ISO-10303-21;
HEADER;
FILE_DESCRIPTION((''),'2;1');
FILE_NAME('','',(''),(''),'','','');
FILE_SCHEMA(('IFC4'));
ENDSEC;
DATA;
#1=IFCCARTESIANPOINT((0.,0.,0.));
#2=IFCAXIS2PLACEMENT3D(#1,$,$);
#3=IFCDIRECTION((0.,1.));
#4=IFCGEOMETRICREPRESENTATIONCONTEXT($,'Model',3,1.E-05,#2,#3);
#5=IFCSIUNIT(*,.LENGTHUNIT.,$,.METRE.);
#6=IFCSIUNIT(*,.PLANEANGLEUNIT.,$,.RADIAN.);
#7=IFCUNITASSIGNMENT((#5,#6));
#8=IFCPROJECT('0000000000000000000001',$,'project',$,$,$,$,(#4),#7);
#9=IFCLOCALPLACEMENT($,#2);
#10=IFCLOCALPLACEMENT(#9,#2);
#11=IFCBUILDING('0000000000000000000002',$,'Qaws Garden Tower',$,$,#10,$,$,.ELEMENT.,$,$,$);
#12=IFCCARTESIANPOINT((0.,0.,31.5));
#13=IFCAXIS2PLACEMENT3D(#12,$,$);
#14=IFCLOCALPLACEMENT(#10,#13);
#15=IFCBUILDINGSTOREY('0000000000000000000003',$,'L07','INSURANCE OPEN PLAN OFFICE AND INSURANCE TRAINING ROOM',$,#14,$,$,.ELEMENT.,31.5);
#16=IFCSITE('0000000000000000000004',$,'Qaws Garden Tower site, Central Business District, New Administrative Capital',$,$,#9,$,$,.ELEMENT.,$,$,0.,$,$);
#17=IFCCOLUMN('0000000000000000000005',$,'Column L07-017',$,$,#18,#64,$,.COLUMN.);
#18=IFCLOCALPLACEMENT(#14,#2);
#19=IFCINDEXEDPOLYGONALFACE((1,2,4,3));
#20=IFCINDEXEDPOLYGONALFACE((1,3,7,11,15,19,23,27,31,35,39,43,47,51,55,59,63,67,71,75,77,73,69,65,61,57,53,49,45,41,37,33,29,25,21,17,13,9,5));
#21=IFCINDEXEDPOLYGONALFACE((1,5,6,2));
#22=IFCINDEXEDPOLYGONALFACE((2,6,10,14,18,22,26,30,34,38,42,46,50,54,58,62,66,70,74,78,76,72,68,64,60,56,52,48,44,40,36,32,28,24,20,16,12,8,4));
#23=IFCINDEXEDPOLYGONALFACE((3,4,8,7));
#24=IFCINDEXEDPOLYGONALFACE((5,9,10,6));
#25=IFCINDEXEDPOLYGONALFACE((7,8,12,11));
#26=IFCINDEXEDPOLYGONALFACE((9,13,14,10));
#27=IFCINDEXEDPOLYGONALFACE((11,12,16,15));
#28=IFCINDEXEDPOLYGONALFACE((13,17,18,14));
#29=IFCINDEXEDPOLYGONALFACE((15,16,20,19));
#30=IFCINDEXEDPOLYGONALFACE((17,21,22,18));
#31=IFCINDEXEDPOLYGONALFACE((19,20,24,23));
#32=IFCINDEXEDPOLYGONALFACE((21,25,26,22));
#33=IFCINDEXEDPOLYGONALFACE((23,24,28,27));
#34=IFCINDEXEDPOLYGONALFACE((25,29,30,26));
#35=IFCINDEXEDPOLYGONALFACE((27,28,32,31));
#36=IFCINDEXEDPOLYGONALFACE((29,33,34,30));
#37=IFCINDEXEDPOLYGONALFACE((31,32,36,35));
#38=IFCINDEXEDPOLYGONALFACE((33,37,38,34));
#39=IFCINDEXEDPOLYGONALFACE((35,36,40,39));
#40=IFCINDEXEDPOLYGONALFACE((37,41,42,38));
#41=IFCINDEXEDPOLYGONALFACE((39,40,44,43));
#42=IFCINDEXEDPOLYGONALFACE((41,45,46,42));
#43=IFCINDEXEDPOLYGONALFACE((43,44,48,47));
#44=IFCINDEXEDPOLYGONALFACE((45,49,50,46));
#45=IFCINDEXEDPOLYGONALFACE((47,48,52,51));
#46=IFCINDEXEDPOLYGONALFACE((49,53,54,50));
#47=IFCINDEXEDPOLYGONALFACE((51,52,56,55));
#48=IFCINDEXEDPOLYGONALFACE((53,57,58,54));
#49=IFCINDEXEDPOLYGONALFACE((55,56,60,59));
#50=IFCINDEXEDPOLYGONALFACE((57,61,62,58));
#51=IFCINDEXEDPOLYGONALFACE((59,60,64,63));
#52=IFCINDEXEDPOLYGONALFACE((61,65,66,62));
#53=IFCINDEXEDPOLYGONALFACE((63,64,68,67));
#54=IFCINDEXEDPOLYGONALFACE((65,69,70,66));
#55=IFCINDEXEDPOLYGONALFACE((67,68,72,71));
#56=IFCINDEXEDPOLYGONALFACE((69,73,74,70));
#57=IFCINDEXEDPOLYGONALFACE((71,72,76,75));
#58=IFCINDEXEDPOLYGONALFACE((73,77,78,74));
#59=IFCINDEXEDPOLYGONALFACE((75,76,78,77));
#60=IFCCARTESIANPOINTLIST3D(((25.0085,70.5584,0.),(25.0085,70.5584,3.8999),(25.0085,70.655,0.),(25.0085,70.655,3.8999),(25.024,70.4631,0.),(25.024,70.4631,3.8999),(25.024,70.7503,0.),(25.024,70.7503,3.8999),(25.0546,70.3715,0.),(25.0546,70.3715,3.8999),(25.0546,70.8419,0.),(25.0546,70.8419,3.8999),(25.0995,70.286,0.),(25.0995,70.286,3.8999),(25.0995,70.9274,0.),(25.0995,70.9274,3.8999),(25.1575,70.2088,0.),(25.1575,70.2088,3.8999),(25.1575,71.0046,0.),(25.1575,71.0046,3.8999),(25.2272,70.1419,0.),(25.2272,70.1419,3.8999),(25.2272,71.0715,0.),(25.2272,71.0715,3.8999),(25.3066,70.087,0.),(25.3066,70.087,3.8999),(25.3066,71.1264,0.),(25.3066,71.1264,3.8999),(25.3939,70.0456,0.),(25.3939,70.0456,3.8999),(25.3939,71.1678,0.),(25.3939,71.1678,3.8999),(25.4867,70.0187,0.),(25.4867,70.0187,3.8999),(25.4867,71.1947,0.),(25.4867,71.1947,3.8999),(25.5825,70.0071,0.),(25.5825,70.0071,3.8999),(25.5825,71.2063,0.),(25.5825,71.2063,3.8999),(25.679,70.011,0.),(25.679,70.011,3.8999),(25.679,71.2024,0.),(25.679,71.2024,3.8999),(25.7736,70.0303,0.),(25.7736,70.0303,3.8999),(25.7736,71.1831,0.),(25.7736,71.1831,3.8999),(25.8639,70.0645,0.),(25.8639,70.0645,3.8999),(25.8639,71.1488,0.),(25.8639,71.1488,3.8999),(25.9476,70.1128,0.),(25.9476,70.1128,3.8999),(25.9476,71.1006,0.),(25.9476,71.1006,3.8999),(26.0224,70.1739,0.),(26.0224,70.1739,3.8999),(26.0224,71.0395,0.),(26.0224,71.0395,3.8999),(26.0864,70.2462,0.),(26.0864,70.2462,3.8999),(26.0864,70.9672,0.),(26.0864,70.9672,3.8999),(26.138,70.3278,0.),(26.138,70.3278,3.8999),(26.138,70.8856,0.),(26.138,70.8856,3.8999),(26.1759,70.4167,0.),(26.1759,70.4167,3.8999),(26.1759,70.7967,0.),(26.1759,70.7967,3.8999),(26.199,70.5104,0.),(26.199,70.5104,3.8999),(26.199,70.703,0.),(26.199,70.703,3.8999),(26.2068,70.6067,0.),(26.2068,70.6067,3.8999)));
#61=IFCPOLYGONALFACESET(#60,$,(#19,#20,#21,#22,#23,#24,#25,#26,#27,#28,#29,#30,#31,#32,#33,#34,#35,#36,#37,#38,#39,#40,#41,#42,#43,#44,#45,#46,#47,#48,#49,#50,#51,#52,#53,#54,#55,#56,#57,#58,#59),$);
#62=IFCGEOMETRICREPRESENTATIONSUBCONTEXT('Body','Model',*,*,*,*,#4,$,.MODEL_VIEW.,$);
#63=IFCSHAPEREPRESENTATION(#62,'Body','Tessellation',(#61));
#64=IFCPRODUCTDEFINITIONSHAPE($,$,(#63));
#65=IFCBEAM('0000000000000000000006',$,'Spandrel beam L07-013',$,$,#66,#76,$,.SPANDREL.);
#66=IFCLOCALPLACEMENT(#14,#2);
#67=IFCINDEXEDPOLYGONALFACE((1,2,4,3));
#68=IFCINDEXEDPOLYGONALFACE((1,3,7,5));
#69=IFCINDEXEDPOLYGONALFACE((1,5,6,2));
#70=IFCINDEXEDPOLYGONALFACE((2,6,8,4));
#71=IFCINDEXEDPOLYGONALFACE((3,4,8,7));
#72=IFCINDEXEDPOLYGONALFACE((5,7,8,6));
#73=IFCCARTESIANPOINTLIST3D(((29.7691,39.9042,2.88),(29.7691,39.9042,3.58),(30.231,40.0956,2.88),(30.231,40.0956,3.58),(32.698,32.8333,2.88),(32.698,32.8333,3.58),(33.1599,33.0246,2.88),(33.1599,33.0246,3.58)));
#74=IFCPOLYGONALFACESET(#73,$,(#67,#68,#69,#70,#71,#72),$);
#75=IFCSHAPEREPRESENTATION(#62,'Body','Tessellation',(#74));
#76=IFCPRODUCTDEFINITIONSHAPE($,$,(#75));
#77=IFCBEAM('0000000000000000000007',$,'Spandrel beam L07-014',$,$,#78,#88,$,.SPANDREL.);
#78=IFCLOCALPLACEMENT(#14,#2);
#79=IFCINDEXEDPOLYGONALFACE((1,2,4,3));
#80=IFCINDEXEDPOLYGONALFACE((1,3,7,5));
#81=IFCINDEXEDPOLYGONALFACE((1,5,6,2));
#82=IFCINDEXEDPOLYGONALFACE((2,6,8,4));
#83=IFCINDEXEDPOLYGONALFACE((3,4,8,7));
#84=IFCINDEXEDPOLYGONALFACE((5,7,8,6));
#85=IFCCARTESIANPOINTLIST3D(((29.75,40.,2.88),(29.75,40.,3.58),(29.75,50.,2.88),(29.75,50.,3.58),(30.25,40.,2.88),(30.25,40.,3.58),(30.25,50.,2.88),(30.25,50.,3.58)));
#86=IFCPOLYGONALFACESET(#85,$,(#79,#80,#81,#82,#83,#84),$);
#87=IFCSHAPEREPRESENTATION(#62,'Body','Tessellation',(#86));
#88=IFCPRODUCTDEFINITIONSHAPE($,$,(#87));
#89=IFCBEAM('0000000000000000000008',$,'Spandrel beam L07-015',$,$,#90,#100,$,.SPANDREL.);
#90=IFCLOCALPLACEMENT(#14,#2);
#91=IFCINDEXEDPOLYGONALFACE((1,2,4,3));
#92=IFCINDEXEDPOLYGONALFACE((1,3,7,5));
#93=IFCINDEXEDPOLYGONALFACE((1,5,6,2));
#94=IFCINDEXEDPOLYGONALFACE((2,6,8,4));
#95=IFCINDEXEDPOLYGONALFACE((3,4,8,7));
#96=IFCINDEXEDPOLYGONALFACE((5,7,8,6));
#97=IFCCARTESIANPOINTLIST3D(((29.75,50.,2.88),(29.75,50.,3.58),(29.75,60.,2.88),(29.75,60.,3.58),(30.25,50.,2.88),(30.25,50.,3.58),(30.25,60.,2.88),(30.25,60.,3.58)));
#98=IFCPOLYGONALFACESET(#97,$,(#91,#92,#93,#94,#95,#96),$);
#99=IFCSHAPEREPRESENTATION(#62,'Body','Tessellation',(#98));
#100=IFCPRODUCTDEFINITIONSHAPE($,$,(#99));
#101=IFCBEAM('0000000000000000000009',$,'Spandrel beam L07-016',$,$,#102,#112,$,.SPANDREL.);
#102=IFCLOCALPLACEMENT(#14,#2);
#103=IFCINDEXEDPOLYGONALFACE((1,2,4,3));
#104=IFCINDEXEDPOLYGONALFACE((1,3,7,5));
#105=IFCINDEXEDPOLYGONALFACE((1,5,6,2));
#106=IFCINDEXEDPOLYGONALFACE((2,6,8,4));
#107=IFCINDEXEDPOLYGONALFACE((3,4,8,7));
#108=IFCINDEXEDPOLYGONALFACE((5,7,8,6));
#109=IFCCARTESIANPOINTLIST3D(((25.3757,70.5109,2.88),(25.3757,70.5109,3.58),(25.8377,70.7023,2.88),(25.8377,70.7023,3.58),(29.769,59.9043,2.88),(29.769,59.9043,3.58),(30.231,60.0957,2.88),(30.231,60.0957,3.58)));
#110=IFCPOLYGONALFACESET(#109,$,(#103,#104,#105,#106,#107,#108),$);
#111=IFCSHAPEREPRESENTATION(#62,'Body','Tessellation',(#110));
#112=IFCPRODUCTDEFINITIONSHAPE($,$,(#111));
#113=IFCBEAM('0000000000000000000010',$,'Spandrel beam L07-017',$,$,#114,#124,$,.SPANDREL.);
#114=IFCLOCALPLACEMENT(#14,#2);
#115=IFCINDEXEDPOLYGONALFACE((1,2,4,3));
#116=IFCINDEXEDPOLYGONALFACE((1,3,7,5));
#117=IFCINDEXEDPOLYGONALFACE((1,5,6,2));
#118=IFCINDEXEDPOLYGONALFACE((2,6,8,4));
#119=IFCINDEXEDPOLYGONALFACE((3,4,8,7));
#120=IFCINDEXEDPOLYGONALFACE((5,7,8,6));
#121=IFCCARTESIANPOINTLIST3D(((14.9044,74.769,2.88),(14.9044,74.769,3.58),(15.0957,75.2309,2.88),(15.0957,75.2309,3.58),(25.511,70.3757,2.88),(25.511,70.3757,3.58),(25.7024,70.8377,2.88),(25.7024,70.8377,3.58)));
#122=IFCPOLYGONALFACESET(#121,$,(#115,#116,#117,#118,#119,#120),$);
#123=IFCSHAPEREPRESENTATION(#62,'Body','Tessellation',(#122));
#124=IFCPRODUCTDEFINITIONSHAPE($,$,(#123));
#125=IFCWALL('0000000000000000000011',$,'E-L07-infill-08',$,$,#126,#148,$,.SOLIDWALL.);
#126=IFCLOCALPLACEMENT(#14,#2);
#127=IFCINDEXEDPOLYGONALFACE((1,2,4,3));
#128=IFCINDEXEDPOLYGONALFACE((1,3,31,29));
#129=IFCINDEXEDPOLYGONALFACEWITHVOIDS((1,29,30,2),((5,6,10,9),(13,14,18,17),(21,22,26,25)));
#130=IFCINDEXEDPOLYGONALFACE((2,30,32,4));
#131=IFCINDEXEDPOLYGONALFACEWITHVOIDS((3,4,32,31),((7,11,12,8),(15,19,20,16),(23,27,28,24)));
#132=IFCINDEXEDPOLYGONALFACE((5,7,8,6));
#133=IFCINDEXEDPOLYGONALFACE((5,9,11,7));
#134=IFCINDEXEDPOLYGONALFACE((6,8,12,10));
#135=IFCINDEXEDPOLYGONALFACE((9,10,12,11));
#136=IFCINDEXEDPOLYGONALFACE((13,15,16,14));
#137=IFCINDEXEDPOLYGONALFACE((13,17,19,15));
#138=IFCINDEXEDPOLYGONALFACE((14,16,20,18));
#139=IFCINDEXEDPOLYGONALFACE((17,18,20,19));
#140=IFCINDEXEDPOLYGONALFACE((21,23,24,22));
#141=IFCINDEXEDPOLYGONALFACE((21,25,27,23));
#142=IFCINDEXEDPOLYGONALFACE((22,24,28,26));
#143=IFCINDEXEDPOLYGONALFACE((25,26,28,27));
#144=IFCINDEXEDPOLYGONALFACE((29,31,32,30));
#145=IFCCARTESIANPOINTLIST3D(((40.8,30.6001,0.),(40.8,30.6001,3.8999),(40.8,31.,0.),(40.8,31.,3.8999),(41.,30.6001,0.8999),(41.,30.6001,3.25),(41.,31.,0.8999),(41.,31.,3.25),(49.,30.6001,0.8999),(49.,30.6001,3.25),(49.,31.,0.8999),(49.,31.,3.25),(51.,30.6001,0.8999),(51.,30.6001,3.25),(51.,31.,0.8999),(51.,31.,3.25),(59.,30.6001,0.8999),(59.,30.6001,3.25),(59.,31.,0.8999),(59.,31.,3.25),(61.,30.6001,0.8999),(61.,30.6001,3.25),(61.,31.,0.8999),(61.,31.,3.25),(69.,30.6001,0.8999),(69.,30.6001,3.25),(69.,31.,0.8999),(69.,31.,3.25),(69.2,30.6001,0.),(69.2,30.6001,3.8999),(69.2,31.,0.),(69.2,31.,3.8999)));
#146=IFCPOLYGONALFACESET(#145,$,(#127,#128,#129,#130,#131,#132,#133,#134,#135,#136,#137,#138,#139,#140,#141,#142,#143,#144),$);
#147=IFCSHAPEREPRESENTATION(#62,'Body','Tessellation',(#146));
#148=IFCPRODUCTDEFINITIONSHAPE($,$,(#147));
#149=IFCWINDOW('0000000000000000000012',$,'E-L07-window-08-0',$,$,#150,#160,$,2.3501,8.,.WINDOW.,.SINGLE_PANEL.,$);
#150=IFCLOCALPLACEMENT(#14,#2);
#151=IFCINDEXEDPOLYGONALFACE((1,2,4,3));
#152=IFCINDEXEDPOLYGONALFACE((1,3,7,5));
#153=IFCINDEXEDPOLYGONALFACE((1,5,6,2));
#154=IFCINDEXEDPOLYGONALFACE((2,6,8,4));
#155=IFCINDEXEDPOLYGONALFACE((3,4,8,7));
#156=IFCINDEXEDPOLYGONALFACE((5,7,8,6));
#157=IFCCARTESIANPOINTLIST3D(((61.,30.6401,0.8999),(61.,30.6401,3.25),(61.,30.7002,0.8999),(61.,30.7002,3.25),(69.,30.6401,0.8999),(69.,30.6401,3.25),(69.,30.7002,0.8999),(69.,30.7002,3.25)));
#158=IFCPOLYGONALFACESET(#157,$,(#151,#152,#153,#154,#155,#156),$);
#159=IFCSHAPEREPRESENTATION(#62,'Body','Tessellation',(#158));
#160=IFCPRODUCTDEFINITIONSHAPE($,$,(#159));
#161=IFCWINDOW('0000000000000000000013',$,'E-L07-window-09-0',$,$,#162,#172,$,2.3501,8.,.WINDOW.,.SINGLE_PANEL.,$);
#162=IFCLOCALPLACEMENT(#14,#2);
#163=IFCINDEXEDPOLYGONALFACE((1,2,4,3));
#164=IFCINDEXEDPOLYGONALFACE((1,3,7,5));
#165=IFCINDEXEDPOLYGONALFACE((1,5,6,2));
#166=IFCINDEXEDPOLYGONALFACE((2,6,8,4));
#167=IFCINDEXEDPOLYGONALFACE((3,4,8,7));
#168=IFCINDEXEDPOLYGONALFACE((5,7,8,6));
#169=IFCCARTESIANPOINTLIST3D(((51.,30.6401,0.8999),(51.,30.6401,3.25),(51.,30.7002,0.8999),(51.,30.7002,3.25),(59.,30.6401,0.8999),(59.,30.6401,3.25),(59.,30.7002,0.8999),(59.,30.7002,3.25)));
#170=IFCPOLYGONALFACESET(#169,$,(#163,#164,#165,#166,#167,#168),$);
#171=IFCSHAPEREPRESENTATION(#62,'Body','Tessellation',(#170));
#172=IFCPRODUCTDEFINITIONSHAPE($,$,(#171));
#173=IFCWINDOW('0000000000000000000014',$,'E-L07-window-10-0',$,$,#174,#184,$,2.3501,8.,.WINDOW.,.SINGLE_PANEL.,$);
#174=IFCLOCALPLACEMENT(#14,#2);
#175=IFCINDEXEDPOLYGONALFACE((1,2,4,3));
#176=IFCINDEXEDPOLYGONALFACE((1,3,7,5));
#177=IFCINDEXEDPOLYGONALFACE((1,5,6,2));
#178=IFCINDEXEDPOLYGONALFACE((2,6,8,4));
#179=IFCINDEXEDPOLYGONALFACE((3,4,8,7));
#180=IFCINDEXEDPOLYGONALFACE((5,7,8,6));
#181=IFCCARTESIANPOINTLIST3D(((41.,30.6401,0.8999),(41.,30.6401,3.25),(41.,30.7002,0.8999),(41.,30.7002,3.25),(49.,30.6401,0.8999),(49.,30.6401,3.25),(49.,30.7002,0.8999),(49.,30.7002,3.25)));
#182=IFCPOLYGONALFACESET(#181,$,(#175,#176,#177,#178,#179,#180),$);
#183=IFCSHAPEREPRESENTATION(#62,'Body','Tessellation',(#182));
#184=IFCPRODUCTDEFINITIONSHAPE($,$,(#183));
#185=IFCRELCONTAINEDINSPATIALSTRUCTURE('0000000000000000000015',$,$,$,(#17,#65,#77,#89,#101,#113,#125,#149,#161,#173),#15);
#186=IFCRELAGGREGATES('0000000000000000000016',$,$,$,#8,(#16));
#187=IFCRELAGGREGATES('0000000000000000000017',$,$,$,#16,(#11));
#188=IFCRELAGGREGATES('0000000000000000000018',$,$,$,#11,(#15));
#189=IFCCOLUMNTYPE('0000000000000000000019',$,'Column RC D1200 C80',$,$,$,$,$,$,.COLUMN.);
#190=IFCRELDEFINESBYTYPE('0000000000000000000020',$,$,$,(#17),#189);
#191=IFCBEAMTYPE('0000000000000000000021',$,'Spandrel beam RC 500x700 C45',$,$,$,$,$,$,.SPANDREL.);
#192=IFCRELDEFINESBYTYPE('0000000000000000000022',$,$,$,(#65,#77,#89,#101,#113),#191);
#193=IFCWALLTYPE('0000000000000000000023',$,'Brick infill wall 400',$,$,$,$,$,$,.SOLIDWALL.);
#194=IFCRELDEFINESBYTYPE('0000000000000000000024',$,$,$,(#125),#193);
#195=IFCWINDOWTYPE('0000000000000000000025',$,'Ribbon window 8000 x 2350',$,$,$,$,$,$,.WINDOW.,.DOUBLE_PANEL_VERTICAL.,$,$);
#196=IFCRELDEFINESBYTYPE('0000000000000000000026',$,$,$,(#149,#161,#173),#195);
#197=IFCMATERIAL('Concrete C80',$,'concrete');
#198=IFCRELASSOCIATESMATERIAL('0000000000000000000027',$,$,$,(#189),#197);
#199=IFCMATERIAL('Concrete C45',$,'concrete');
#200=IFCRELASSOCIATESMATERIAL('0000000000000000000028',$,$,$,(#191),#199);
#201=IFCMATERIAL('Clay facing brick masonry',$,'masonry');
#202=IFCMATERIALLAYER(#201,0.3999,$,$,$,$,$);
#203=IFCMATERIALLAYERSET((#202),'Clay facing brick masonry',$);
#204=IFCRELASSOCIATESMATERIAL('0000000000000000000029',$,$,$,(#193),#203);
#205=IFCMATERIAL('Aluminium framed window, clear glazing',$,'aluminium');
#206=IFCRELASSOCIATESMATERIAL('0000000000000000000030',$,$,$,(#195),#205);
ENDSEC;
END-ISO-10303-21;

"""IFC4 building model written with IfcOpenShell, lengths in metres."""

from ifc_helpers import new_model, si_unit, direction, frame, frame_2d, origin, origin_2d, place, context, subcontext, project, spatial, rectangle, circle, extrude, material, layer, layer_set, material_profile, profile_set, type_object, element, fill, save


model = new_model("IFC4")

# Units and contexts
model_context = context("Model", 3, precision=1e-05, world=origin(), true_north=direction((0.0, 1.0)))
body_context = subcontext(model_context, "Body", "Model", "MODEL_VIEW")
ifc_project = project(units=[si_unit("LENGTHUNIT", "METRE"), si_unit("PLANEANGLEUNIT", "RADIAN")], contexts=[model_context])

# Site, building, storey
site_placement = place(None, origin())
site = spatial("IfcSite", under=ifc_project, at=site_placement, Name="Qaws Garden Tower site, Central Business District, New Administrative Capital", CompositionType="ELEMENT", RefElevation=0.0)
building_placement = place(site_placement, origin())
building = spatial("IfcBuilding", under=site, at=building_placement, Name="Qaws Garden Tower", CompositionType="ELEMENT")
storey_placement = place(building_placement, frame((0.0, 0.0, 31.5)))
storey = spatial("IfcBuildingStorey", under=building, at=storey_placement, Name="L07", Description="INSURANCE OPEN PLAN OFFICE AND INSURANCE TRAINING ROOM", CompositionType="ELEMENT", Elevation=31.5)

# Column
ifc_material_1 = material(Name="Concrete C80", Category="concrete")
ifc_material_profile_1 = material_profile(ifc_material_1, circle(Radius=0.6001, at=origin_2d()), Name="RC D1200")
ifc_profile_set_1 = profile_set([ifc_material_profile_1], Name="Concrete C80")
column_type_1 = type_object("IfcColumnType", Name="Column RC D1200 C80", PredefinedType="COLUMN", material=ifc_profile_set_1)
for number, where, z_axis, x_axis, name in (
    (1, (25.6067, 70.6067, 0.0), (0.0, 0.0, 1.0), (1.0, 0.0, 0.0), "Column L07-017"),
):
    element("IfcColumn", number, at=place(storey_placement, frame(where, z_axis=z_axis, x_axis=x_axis)), inside=storey, type_object=column_type_1, Name=name, PredefinedType="COLUMN", context=body_context, shape_type="SweptSolid", body=[
        extrude(circle(Radius=0.6001, at=origin_2d()), origin(), (0.0, 0.0, 1.0), 3.8999),
    ])

# Beams
ifc_material_2 = material(Name="Concrete C45", Category="concrete")
ifc_material_profile_2 = material_profile(ifc_material_2, rectangle(XDim=0.5, YDim=0.7, at=origin_2d()), Name="RC 500x700")
ifc_profile_set_2 = profile_set([ifc_material_profile_2], Name="Concrete C45")
beam_type = type_object("IfcBeamType", Name="Spandrel beam RC 500x700 C45", PredefinedType="SPANDREL", material=ifc_profile_set_2)
beam_placement = place(storey_placement, frame((32.929, 32.929, 3.23), z_axis=(-0.382687, 0.923878, 0.0), x_axis=(-0.923878, -0.382687, 0.0)))
element("IfcBeam", 2, at=beam_placement, inside=storey, type_object=beam_type, Name="Spandrel beam L07-013", PredefinedType="SPANDREL", context=body_context, shape_type="SweptSolid", body=[
    extrude(rectangle(XDim=0.5, YDim=0.7, at=origin_2d()), origin(), (0.0, 0.0, 1.0), 7.6536),
])
for number, where, z_axis, x_axis, name in (
    (3, (30.0, 40.0, 3.23), (0.0, 1.0, 0.0), (-1.0, 0.0, 0.0), "Spandrel beam L07-014"),
    (4, (30.0, 50.0, 3.23), (0.0, 1.0, 0.0), (-1.0, 0.0, 0.0), "Spandrel beam L07-015"),
):
    element("IfcBeam", number, at=place(storey_placement, frame(where, z_axis=z_axis, x_axis=x_axis)), inside=storey, type_object=beam_type, Name=name, PredefinedType="SPANDREL", context=body_context, shape_type="SweptSolid", body=[
        extrude(rectangle(XDim=0.5, YDim=0.7, at=origin_2d()), origin(), (0.0, 0.0, 1.0), 10.0),
    ])
for number, where, z_axis, x_axis, name in (
    (5, (30.0, 60.0, 3.23), (-0.382674, 0.923883, 0.0), (-0.923883, -0.382674, 0.0), "Spandrel beam L07-016"),
    (6, (25.6067, 70.6067, 3.23), (-0.923883, 0.382674, 0.0), (-0.382674, -0.923883, 0.0), "Spandrel beam L07-017"),
):
    element("IfcBeam", number, at=place(storey_placement, frame(where, z_axis=z_axis, x_axis=x_axis)), inside=storey, type_object=beam_type, Name=name, PredefinedType="SPANDREL", context=body_context, shape_type="SweptSolid", body=[
        extrude(rectangle(XDim=0.5, YDim=0.7, at=origin_2d()), origin(), (0.0, 0.0, 1.0), 11.4805),
    ])

# Wall, openings, windows
ifc_material_3 = material(Name="Clay facing brick masonry", Category="masonry")
ifc_layer_1 = layer(ifc_material_3, 0.3999)
ifc_layer_set_1 = layer_set([ifc_layer_1], Name="Clay facing brick masonry")
wall_type_1 = type_object("IfcWallType", Name="Brick infill wall 400", PredefinedType="SOLIDWALL", material=ifc_layer_set_1)
wall_1_placement = place(storey_placement, frame((69.2, 30.8, 0.0), z_axis=(0.0, 0.0, 1.0), x_axis=(-1.0, 0.0, 0.0)))
wall_1 = element("IfcWall", 7, at=wall_1_placement, inside=storey, type_object=wall_type_1, Name="E-L07-infill-08", PredefinedType="SOLIDWALL", context=body_context, shape_type="SweptSolid", body=[
    extrude(rectangle(XDim=28.3999, YDim=0.3999, at=frame_2d((14.2, 0.0))), origin(), (0.0, 0.0, 1.0), 3.8999),
])
opening_1_placement = place(wall_1_placement, frame((0.2, 0.0, 0.8999)))
opening_1 = element("IfcOpeningElement", 8, at=opening_1_placement, cuts=wall_1, PredefinedType="OPENING", context=body_context, shape_type="SweptSolid", body=[
    extrude(rectangle(XDim=8.0, YDim=2.3501, at=frame_2d((4.0, 1.175))), frame((0.0, 0.21, 0.0), z_axis=(0.0, -1.0, 0.0), x_axis=(1.0, 0.0, 0.0)), (0.0, 0.0, 1.0), 0.4199),
])
opening_2_placement = place(wall_1_placement, frame((10.2, 0.0, 0.8999)))
opening_2 = element("IfcOpeningElement", 9, at=opening_2_placement, cuts=wall_1, PredefinedType="OPENING", context=body_context, shape_type="SweptSolid", body=[
    extrude(rectangle(XDim=8.0, YDim=2.3501, at=frame_2d((4.0, 1.175))), frame((0.0, 0.21, 0.0), z_axis=(0.0, -1.0, 0.0), x_axis=(1.0, 0.0, 0.0)), (0.0, 0.0, 1.0), 0.4199),
])
opening_3_placement = place(wall_1_placement, frame((20.2, 0.0, 0.8999)))
opening_3 = element("IfcOpeningElement", 10, at=opening_3_placement, cuts=wall_1, PredefinedType="OPENING", context=body_context, shape_type="SweptSolid", body=[
    extrude(rectangle(XDim=8.0, YDim=2.3501, at=frame_2d((4.0, 1.175))), frame((0.0, 0.21, 0.0), z_axis=(0.0, -1.0, 0.0), x_axis=(1.0, 0.0, 0.0)), (0.0, 0.0, 1.0), 0.4199),
])
ifc_material_4 = material(Name="Aluminium framed window, clear glazing", Category="aluminium")
window_type_1 = type_object("IfcWindowType", Name="Ribbon window 8000 x 2350", PartitioningType="DOUBLE_PANEL_VERTICAL", PredefinedType="WINDOW", material=ifc_material_4)
window_1_placement = place(opening_1_placement, origin())
window_1 = element("IfcWindow", 11, at=window_1_placement, inside=storey, type_object=window_type_1, Name="E-L07-window-08-0", OverallHeight=2.3501, OverallWidth=8.0, PartitioningType="SINGLE_PANEL", PredefinedType="WINDOW", context=body_context, shape_type="SweptSolid", body=[
    extrude(rectangle(XDim=8.0, YDim=2.3501, at=frame_2d((4.0, 1.175))), frame((0.0, 0.1599, 0.0), z_axis=(0.0, -1.0, 0.0), x_axis=(1.0, 0.0, 0.0)), (0.0, 0.0, 1.0), 0.0601),
])
fill(opening_1, window_1)
window_2_placement = place(opening_2_placement, origin())
window_2 = element("IfcWindow", 12, at=window_2_placement, inside=storey, type_object=window_type_1, Name="E-L07-window-09-0", OverallHeight=2.3501, OverallWidth=8.0, PartitioningType="SINGLE_PANEL", PredefinedType="WINDOW", context=body_context, shape_type="SweptSolid", body=[
    extrude(rectangle(XDim=8.0, YDim=2.3501, at=frame_2d((4.0, 1.175))), frame((0.0, 0.1599, 0.0), z_axis=(0.0, -1.0, 0.0), x_axis=(1.0, 0.0, 0.0)), (0.0, 0.0, 1.0), 0.0601),
])
fill(opening_2, window_2)
window_3_placement = place(opening_3_placement, origin())
window_3 = element("IfcWindow", 13, at=window_3_placement, inside=storey, type_object=window_type_1, Name="E-L07-window-10-0", OverallHeight=2.3501, OverallWidth=8.0, PartitioningType="SINGLE_PANEL", PredefinedType="WINDOW", context=body_context, shape_type="SweptSolid", body=[
    extrude(rectangle(XDim=8.0, YDim=2.3501, at=frame_2d((4.0, 1.175))), frame((0.0, 0.1599, 0.0), z_axis=(0.0, -1.0, 0.0), x_axis=(1.0, 0.0, 0.0)), (0.0, 0.0, 1.0), 0.0601),
])
fill(opening_3, window_3)

save(model, "model.ifc")
